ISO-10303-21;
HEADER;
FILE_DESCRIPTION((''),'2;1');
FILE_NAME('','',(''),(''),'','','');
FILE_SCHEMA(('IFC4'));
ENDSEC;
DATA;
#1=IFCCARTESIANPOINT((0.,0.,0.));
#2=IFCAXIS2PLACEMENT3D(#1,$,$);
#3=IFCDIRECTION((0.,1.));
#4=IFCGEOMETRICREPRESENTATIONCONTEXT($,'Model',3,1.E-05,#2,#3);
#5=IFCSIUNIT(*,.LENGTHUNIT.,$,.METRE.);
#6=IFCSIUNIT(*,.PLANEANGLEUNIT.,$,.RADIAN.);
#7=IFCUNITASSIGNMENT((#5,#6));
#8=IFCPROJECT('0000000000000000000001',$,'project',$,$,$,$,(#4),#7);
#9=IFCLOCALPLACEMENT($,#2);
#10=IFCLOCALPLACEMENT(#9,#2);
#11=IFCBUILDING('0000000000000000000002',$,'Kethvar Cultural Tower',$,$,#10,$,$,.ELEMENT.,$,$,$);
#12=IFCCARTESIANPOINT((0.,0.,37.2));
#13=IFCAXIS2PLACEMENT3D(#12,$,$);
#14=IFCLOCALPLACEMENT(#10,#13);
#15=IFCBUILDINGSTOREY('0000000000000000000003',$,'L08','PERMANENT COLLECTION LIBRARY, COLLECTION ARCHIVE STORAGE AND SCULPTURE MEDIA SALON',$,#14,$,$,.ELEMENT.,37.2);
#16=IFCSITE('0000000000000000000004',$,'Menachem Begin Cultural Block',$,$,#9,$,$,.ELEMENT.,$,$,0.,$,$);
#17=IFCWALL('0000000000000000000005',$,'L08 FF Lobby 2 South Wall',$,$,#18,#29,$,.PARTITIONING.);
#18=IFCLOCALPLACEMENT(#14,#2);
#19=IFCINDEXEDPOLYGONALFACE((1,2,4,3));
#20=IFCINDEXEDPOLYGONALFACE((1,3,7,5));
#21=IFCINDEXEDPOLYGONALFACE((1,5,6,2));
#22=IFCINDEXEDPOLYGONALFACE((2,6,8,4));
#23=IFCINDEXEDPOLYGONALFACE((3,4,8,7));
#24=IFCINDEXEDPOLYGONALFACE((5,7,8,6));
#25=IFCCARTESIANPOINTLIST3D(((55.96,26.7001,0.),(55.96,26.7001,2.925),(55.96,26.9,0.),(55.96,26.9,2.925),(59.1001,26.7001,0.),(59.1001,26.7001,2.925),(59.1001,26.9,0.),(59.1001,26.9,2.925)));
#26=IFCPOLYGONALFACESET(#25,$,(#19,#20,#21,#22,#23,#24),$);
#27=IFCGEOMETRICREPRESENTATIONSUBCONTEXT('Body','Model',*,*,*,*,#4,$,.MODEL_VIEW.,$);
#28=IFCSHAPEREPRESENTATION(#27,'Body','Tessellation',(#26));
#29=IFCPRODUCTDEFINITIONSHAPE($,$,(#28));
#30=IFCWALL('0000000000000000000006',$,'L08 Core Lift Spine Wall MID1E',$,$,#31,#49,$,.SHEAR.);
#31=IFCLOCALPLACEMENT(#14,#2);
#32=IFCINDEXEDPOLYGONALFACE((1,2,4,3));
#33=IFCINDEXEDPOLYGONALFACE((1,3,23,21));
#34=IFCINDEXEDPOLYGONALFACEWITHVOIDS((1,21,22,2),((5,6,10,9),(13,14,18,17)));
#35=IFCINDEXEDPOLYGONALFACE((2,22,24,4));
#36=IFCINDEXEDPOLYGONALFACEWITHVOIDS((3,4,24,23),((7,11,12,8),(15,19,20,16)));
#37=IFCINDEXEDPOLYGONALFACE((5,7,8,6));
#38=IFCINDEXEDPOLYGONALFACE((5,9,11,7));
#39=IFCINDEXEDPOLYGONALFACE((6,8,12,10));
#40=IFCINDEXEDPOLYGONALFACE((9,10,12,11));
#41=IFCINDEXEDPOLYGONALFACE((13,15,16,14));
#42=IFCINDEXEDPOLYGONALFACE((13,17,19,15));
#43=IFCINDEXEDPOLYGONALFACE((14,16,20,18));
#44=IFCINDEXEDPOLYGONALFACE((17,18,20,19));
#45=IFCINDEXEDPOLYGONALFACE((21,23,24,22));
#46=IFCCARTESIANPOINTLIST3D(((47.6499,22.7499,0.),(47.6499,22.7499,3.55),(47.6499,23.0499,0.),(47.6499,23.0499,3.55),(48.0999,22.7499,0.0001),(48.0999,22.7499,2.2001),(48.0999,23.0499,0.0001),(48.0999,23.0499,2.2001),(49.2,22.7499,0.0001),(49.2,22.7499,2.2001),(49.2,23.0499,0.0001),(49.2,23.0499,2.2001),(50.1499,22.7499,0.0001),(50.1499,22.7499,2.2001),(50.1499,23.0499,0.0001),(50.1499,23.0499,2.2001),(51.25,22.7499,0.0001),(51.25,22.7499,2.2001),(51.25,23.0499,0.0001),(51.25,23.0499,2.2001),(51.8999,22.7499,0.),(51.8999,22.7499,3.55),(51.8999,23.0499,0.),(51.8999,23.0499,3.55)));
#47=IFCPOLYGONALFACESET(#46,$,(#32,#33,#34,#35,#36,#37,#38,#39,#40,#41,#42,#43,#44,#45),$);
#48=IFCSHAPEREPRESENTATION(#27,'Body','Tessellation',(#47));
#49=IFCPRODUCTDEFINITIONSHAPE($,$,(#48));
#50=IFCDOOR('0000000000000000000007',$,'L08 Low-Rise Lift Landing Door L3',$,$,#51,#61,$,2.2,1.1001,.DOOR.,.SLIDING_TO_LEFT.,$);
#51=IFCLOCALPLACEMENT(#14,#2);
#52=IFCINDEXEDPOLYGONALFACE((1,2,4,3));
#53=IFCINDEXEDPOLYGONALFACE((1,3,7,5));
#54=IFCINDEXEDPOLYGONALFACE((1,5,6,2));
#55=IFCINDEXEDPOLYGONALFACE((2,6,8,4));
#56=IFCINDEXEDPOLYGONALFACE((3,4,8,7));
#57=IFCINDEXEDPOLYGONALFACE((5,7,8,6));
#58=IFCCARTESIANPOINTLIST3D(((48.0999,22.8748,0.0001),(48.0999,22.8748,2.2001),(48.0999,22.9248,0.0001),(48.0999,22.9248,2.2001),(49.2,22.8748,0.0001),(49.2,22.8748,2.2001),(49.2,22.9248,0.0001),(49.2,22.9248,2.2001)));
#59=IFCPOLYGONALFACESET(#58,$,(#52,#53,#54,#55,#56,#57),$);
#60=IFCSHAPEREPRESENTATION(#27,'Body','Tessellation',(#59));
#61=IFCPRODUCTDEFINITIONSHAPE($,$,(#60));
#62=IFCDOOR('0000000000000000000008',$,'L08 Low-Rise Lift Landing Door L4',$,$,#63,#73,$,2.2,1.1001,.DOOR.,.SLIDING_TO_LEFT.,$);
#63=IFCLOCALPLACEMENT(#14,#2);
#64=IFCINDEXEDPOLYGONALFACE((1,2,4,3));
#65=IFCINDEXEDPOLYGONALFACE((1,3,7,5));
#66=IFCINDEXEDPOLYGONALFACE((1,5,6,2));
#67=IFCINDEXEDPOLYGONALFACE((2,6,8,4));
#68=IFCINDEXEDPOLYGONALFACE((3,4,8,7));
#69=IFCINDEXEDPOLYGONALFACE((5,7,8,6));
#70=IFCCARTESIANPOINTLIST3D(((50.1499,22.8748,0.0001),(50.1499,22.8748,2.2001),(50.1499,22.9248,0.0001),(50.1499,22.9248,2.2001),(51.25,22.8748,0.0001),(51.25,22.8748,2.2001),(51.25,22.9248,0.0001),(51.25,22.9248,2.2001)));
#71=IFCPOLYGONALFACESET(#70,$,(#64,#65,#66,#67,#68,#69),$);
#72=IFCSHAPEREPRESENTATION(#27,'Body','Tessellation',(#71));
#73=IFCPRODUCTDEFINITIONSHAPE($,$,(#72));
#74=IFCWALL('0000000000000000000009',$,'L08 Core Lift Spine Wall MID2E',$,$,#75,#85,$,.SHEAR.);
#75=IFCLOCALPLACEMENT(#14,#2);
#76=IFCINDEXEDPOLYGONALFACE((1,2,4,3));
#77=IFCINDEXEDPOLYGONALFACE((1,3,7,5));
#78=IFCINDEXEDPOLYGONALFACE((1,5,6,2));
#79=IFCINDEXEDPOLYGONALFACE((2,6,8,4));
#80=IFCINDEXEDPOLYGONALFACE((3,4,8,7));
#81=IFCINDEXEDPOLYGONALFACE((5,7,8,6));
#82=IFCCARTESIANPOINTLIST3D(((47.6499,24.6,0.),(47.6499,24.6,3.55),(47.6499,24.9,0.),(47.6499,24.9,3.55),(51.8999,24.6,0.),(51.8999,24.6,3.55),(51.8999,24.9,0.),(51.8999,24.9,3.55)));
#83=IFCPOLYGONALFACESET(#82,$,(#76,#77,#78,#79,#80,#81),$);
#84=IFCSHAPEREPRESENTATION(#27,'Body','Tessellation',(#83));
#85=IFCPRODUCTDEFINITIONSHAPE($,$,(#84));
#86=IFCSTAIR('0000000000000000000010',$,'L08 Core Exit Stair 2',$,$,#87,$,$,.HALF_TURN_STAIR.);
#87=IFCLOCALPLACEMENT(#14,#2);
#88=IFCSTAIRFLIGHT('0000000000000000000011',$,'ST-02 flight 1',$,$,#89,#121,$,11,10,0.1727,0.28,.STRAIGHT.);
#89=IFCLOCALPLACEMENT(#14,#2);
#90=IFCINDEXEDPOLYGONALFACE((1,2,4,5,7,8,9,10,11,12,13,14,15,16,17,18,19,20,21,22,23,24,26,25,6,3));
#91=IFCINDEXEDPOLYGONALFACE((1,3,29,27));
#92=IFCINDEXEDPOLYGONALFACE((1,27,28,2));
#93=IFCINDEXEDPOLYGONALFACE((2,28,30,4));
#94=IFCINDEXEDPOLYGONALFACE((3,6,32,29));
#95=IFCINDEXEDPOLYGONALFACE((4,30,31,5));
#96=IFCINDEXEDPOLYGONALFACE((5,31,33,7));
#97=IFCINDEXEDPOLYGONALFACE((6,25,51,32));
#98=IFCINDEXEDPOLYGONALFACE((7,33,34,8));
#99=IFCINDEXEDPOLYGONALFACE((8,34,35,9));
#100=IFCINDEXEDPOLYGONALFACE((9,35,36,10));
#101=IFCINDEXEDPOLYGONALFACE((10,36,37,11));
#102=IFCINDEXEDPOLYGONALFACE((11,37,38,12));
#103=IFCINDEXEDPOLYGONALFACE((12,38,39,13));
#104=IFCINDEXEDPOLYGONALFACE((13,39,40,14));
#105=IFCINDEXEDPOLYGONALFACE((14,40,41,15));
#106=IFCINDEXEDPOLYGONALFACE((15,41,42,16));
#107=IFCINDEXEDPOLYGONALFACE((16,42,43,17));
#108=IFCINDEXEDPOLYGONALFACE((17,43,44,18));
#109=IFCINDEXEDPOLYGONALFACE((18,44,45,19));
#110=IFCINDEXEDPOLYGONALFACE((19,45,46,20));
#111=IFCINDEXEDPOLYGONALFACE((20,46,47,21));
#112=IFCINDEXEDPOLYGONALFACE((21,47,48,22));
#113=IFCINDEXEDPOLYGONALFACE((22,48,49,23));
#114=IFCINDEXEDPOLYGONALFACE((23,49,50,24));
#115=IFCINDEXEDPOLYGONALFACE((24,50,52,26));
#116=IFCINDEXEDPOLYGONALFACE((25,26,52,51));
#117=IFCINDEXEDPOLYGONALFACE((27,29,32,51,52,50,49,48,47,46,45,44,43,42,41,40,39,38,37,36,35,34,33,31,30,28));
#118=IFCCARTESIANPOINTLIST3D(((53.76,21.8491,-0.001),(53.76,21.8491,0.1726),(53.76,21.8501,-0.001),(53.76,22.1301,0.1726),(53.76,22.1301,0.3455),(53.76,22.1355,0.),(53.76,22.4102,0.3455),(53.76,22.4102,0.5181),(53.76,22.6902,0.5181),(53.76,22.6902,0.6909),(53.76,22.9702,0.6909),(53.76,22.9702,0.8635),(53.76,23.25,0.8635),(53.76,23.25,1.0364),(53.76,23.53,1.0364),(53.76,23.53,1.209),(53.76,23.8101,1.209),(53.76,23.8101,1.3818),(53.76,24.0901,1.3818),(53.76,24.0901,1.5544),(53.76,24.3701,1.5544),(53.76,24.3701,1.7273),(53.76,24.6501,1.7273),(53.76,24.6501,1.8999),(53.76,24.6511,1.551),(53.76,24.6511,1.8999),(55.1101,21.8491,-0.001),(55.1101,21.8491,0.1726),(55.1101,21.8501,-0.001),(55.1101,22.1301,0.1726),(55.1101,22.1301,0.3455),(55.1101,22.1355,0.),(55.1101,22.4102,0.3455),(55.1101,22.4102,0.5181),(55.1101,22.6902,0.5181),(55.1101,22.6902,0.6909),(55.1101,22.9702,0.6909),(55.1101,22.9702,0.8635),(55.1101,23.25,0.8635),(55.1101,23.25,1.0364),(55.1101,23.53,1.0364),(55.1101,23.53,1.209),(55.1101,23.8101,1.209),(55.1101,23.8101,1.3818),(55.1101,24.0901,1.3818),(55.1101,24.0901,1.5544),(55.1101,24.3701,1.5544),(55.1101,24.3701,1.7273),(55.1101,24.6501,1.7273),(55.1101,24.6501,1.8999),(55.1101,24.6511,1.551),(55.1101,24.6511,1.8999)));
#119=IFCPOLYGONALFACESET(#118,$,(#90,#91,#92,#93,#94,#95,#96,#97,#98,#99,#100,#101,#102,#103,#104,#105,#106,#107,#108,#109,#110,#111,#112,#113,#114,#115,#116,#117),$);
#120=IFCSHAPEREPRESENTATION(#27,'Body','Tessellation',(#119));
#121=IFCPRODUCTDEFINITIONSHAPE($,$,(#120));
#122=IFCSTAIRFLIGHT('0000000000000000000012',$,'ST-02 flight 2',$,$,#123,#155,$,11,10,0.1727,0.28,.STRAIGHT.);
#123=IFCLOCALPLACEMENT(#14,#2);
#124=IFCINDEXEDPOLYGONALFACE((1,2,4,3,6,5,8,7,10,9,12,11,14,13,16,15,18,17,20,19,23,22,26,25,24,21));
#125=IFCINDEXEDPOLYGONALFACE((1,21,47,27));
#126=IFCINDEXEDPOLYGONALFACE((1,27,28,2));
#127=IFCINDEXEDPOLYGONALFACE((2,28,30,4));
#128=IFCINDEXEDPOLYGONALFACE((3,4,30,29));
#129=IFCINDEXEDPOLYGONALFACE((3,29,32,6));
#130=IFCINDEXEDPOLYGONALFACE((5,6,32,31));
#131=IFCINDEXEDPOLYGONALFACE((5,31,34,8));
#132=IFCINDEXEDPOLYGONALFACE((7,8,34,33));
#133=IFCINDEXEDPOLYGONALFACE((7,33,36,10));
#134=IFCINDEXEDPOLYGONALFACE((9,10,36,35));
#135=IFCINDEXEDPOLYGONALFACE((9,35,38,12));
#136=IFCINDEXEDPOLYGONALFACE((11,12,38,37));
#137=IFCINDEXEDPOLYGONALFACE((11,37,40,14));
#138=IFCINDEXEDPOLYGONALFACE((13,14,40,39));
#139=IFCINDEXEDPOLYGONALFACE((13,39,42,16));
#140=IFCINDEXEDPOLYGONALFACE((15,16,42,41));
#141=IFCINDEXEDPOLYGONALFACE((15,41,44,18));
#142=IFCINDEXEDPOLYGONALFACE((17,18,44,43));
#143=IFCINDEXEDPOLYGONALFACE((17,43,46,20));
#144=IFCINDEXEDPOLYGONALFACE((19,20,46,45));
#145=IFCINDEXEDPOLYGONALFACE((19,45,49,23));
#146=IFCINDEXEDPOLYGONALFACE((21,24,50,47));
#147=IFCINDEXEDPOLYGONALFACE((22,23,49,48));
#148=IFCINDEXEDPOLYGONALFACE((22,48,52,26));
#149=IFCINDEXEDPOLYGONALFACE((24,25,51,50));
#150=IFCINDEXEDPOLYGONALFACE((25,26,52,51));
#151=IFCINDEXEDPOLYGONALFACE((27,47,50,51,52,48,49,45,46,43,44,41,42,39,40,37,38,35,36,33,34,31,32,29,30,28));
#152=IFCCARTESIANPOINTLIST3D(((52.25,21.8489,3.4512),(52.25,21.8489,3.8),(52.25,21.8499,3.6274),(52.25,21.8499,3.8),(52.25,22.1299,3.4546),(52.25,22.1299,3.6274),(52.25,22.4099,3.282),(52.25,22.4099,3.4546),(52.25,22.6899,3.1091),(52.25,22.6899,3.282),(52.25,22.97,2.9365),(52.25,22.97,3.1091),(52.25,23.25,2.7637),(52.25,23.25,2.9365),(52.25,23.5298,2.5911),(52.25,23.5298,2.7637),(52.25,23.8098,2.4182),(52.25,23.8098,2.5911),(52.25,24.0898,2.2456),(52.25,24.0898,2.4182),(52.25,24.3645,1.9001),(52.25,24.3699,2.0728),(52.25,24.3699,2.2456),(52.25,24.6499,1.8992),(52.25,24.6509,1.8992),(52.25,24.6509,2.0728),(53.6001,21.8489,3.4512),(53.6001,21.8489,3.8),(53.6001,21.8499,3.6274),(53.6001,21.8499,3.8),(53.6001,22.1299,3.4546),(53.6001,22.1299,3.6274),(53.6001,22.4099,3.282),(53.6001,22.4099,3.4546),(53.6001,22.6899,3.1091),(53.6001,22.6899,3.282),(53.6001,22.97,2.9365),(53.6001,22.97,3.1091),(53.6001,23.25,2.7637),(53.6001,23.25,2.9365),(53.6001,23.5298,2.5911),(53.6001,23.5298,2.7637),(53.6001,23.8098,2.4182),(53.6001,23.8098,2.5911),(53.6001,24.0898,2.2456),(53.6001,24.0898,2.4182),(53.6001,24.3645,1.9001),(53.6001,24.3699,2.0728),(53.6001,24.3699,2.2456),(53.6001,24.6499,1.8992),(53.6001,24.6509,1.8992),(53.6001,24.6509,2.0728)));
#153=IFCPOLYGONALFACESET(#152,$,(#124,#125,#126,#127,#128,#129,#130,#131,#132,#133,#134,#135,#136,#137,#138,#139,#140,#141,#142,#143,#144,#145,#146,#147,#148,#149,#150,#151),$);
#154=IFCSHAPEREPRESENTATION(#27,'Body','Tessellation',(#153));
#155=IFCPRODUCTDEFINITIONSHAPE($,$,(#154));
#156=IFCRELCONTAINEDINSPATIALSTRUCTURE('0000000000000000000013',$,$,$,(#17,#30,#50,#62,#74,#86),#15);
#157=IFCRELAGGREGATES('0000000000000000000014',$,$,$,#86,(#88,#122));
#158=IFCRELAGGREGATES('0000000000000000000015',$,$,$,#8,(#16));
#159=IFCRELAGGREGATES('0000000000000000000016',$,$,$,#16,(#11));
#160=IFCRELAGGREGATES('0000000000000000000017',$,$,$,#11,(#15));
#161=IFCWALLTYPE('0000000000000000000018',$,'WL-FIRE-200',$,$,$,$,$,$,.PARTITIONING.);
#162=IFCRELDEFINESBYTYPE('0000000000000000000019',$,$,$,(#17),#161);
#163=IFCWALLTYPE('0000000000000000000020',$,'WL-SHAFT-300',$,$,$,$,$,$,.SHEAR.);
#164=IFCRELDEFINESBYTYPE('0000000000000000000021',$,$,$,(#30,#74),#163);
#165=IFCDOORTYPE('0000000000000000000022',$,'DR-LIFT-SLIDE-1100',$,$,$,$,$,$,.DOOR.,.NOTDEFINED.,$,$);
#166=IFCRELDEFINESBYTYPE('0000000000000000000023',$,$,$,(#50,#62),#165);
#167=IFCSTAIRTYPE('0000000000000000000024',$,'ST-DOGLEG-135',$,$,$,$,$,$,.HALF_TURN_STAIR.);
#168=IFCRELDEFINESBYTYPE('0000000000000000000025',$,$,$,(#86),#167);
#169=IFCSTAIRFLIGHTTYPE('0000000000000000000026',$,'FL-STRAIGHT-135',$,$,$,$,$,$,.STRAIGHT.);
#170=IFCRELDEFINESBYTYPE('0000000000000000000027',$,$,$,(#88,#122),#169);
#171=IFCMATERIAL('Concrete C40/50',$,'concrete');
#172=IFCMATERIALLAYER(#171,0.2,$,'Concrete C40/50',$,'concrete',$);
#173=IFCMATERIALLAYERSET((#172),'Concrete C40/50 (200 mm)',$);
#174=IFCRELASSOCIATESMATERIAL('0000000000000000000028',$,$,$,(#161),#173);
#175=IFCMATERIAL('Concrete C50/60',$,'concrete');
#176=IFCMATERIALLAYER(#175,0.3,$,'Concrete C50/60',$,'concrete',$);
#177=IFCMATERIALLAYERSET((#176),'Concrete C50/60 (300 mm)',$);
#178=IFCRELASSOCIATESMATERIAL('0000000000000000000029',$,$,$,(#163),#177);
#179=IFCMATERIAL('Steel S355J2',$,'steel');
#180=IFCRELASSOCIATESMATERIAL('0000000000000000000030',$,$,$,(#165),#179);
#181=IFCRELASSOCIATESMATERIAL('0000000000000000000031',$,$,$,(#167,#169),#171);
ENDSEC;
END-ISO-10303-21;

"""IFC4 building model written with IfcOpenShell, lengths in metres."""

from ifc_helpers import new_model, si_unit, direction, frame, frame_2d, origin, place, context, subcontext, project, spatial, polyline, rectangle, outline, extrude, source, transform, mapped, material, layer, layer_set, type_object, element, fill, aggregate, save


model = new_model("IFC4")

# Units and contexts
model_context = context("Model", 3, precision=1e-05, world=origin(), true_north=direction((0.0, 1.0)))
body_context = subcontext(model_context, "Body", "Model", "MODEL_VIEW")
ifc_project = project(units=[si_unit("LENGTHUNIT", "METRE"), si_unit("PLANEANGLEUNIT", "RADIAN")], contexts=[model_context])

# Site, building, storey
site_placement = place(None, origin())
site = spatial("IfcSite", under=ifc_project, at=site_placement, Name="Menachem Begin Cultural Block", CompositionType="ELEMENT", RefElevation=0.0)
building_placement = place(site_placement, origin())
building = spatial("IfcBuilding", under=site, at=building_placement, Name="Kethvar Cultural Tower", CompositionType="ELEMENT")
storey_placement = place(building_placement, frame((0.0, 0.0, 37.2)))
storey = spatial("IfcBuildingStorey", under=building, at=storey_placement, Name="L08", Description="PERMANENT COLLECTION LIBRARY, COLLECTION ARCHIVE STORAGE AND SCULPTURE MEDIA SALON", CompositionType="ELEMENT", Elevation=37.2)

# Shared definitions
ifc_material_1 = material(Name="Steel S355J2", Category="steel")

# Wall
ifc_material_2 = material(Name="Concrete C40/50", Category="concrete")
ifc_layer_1 = layer(ifc_material_2, 0.2, Name="Concrete C40/50", Category="concrete")
ifc_layer_set_1 = layer_set([ifc_layer_1], Name="Concrete C40/50 (200 mm)")
wall_type_1 = type_object("IfcWallType", Name="WL-FIRE-200", PredefinedType="PARTITIONING", material=ifc_layer_set_1)
wall_1_placement = place(storey_placement, frame((55.96, 26.8, 0.0), z_axis=(0.0, 0.0, 1.0), x_axis=(1.0, 0.0, 0.0)))
element("IfcWall", 1, at=wall_1_placement, inside=storey, type_object=wall_type_1, Name="L08 FF Lobby 2 South Wall", PredefinedType="PARTITIONING", context=body_context, shape_type="SweptSolid", body=[
    extrude(rectangle(XDim=3.1401, YDim=0.2, at=frame_2d((1.5701, 0.0))), origin(), (0.0, 0.0, 1.0), 2.925),
])

# Wall, openings, doors
ifc_material_3 = material(Name="Concrete C50/60", Category="concrete")
ifc_layer_2 = layer(ifc_material_3, 0.3, Name="Concrete C50/60", Category="concrete")
ifc_layer_set_2 = layer_set([ifc_layer_2], Name="Concrete C50/60 (300 mm)")
wall_type_2 = type_object("IfcWallType", Name="WL-SHAFT-300", PredefinedType="SHEAR", material=ifc_layer_set_2)
wall_2_placement = place(storey_placement, frame((47.6499, 22.8999, 0.0), z_axis=(0.0, 0.0, 1.0), x_axis=(1.0, 0.0, 0.0)))
wall_2 = element("IfcWall", 2, at=wall_2_placement, inside=storey, type_object=wall_type_2, Name="L08 Core Lift Spine Wall MID1E", PredefinedType="SHEAR", context=body_context, shape_type="SweptSolid", body=[
    extrude(rectangle(XDim=4.25, YDim=0.3, at=frame_2d((2.125, 0.0))), origin(), (0.0, 0.0, 1.0), 3.55),
])
opening_1_placement = place(wall_2_placement, frame((0.45, 0.0, 0.0)))
opening_1 = element("IfcOpeningElement", 3, at=opening_1_placement, cuts=wall_2, PredefinedType="OPENING", context=body_context, shape_type="SweptSolid", body=[
    extrude(rectangle(XDim=1.1001, YDim=2.2, at=frame_2d((0.55, 1.1001))), frame((0.0, 0.1599, 0.0), z_axis=(0.0, -1.0, 0.0), x_axis=(1.0, 0.0, 0.0)), (0.0, 0.0, 1.0), 0.3201),
])
opening_2_placement = place(wall_2_placement, frame((2.5, 0.0, 0.0)))
opening_2 = element("IfcOpeningElement", 4, at=opening_2_placement, cuts=wall_2, PredefinedType="OPENING", context=body_context, shape_type="SweptSolid", body=[
    extrude(rectangle(XDim=1.1001, YDim=2.2, at=frame_2d((0.55, 1.1001))), frame((0.0, 0.1599, 0.0), z_axis=(0.0, -1.0, 0.0), x_axis=(1.0, 0.0, 0.0)), (0.0, 0.0, 1.0), 0.3201),
])
door_type = type_object("IfcDoorType", Name="DR-LIFT-SLIDE-1100", OperationType="NOTDEFINED", PredefinedType="DOOR", material=ifc_material_1)
shared_shape_1 = source(origin(), body_context, "Body", "SweptSolid", [
    extrude(rectangle(XDim=1.1001, YDim=2.2, at=frame_2d((0.55, 1.1001))), frame((0.0, 0.0249, 0.0), z_axis=(0.0, -1.0, 0.0), x_axis=(1.0, 0.0, 0.0)), (0.0, 0.0, 1.0), 0.05),
])
door_1_placement = place(opening_1_placement, origin())
door_1 = element("IfcDoor", 5, at=door_1_placement, inside=storey, type_object=door_type, Name="L08 Low-Rise Lift Landing Door L3", OperationType="SLIDING_TO_LEFT", OverallHeight=2.2, OverallWidth=1.1001, PredefinedType="DOOR", context=body_context, shape_type="MappedRepresentation", body=[
    mapped(shared_shape_1, transform((0.0, 0.0, 0.0), scale=1.0)),
])
fill(opening_1, door_1)
door_2_placement = place(opening_2_placement, origin())
door_2 = element("IfcDoor", 6, at=door_2_placement, inside=storey, type_object=door_type, Name="L08 Low-Rise Lift Landing Door L4", OperationType="SLIDING_TO_LEFT", OverallHeight=2.2, OverallWidth=1.1001, PredefinedType="DOOR", context=body_context, shape_type="MappedRepresentation", body=[
    mapped(shared_shape_1, transform((0.0, 0.0, 0.0), scale=1.0)),
])
fill(opening_2, door_2)

# Wall
wall_3_placement = place(storey_placement, frame((47.6499, 24.75, 0.0), z_axis=(0.0, 0.0, 1.0), x_axis=(1.0, 0.0, 0.0)))
element("IfcWall", 7, at=wall_3_placement, inside=storey, type_object=wall_type_2, Name="L08 Core Lift Spine Wall MID2E", PredefinedType="SHEAR", context=body_context, shape_type="SweptSolid", body=[
    extrude(rectangle(XDim=4.25, YDim=0.3, at=frame_2d((2.125, 0.0))), origin(), (0.0, 0.0, 1.0), 3.55),
])

# Stair, stair flights
stair_type = type_object("IfcStairType", Name="ST-DOGLEG-135", PredefinedType="HALF_TURN_STAIR", material=ifc_material_2)
stair_placement = place(storey_placement, origin())
stair = element("IfcStair", 8, at=stair_placement, inside=storey, type_object=stair_type, Name="L08 Core Exit Stair 2", PredefinedType="HALF_TURN_STAIR")
stair_flight_type = type_object("IfcStairFlightType", Name="FL-STRAIGHT-135", PredefinedType="STRAIGHT", material=ifc_material_2)
stair_flight_1_placement = place(storey_placement, frame((54.4351, 21.8501, 0.0), z_axis=(0.0, 0.0, 1.0), x_axis=(0.0, 1.0, 0.0)))
stair_flight_1 = element("IfcStairFlight", 9, at=stair_flight_1_placement, type_object=stair_flight_type, Name="ST-02 flight 1", NumberOfRisers=11, NumberOfTreads=10, PredefinedType="STRAIGHT", RiserHeight=0.1727, TreadLength=0.28, context=body_context, shape_type="SweptSolid", body=[
    extrude(outline(polyline([(-0.001, -0.001), (-0.001, 0.1726), (0.28, 0.1726), (0.28, 0.3455), (0.5601, 0.3455), (0.5601, 0.5181), (0.8401, 0.5181), (0.8401, 0.6909), (1.1201, 0.6909), (1.1201, 0.8635), (1.3999, 0.8635), (1.3999, 1.0364), (1.6799, 1.0364), (1.6799, 1.209), (1.96, 1.209), (1.96, 1.3818), (2.24, 1.3818), (2.24, 1.5544), (2.52, 1.5544), (2.52, 1.7273), (2.8, 1.7273), (2.8, 1.8999), (2.801, 1.8999), (2.801, 1.551), (0.2854, 0.0), (0.0, -0.001), (-0.001, -0.001)])), frame((0.0, 0.675, 0.0), z_axis=(0.0, -1.0, 0.0), x_axis=(1.0, 0.0, 0.0)), (0.0, 0.0, 1.0), 1.3501),
])
stair_flight_2_placement = place(storey_placement, frame((52.925, 24.6499, 1.9001), z_axis=(0.0, 0.0, 1.0), x_axis=(0.0, -1.0, 0.0)))
stair_flight_2 = element("IfcStairFlight", 10, at=stair_flight_2_placement, type_object=stair_flight_type, Name="ST-02 flight 2", NumberOfRisers=11, NumberOfTreads=10, PredefinedType="STRAIGHT", RiserHeight=0.1727, TreadLength=0.28, context=body_context, shape_type="SweptSolid", body=[
    extrude(outline(polyline([(-0.001, -0.001), (-0.001, 0.1726), (0.28, 0.1726), (0.28, 0.3455), (0.5601, 0.3455), (0.5601, 0.5181), (0.8401, 0.5181), (0.8401, 0.6909), (1.1201, 0.6909), (1.1201, 0.8635), (1.3999, 0.8635), (1.3999, 1.0364), (1.6799, 1.0364), (1.6799, 1.209), (1.96, 1.209), (1.96, 1.3818), (2.24, 1.3818), (2.24, 1.5544), (2.52, 1.5544), (2.52, 1.7273), (2.8, 1.7273), (2.8, 1.8999), (2.801, 1.8999), (2.801, 1.551), (0.2854, 0.0), (0.0, -0.001), (-0.001, -0.001)])), frame((0.0, 0.675, 0.0), z_axis=(0.0, -1.0, 0.0), x_axis=(1.0, 0.0, 0.0)), (0.0, 0.0, 1.0), 1.3501),
])
aggregate(stair, [stair_flight_1, stair_flight_2])

save(model, "model.ifc")
